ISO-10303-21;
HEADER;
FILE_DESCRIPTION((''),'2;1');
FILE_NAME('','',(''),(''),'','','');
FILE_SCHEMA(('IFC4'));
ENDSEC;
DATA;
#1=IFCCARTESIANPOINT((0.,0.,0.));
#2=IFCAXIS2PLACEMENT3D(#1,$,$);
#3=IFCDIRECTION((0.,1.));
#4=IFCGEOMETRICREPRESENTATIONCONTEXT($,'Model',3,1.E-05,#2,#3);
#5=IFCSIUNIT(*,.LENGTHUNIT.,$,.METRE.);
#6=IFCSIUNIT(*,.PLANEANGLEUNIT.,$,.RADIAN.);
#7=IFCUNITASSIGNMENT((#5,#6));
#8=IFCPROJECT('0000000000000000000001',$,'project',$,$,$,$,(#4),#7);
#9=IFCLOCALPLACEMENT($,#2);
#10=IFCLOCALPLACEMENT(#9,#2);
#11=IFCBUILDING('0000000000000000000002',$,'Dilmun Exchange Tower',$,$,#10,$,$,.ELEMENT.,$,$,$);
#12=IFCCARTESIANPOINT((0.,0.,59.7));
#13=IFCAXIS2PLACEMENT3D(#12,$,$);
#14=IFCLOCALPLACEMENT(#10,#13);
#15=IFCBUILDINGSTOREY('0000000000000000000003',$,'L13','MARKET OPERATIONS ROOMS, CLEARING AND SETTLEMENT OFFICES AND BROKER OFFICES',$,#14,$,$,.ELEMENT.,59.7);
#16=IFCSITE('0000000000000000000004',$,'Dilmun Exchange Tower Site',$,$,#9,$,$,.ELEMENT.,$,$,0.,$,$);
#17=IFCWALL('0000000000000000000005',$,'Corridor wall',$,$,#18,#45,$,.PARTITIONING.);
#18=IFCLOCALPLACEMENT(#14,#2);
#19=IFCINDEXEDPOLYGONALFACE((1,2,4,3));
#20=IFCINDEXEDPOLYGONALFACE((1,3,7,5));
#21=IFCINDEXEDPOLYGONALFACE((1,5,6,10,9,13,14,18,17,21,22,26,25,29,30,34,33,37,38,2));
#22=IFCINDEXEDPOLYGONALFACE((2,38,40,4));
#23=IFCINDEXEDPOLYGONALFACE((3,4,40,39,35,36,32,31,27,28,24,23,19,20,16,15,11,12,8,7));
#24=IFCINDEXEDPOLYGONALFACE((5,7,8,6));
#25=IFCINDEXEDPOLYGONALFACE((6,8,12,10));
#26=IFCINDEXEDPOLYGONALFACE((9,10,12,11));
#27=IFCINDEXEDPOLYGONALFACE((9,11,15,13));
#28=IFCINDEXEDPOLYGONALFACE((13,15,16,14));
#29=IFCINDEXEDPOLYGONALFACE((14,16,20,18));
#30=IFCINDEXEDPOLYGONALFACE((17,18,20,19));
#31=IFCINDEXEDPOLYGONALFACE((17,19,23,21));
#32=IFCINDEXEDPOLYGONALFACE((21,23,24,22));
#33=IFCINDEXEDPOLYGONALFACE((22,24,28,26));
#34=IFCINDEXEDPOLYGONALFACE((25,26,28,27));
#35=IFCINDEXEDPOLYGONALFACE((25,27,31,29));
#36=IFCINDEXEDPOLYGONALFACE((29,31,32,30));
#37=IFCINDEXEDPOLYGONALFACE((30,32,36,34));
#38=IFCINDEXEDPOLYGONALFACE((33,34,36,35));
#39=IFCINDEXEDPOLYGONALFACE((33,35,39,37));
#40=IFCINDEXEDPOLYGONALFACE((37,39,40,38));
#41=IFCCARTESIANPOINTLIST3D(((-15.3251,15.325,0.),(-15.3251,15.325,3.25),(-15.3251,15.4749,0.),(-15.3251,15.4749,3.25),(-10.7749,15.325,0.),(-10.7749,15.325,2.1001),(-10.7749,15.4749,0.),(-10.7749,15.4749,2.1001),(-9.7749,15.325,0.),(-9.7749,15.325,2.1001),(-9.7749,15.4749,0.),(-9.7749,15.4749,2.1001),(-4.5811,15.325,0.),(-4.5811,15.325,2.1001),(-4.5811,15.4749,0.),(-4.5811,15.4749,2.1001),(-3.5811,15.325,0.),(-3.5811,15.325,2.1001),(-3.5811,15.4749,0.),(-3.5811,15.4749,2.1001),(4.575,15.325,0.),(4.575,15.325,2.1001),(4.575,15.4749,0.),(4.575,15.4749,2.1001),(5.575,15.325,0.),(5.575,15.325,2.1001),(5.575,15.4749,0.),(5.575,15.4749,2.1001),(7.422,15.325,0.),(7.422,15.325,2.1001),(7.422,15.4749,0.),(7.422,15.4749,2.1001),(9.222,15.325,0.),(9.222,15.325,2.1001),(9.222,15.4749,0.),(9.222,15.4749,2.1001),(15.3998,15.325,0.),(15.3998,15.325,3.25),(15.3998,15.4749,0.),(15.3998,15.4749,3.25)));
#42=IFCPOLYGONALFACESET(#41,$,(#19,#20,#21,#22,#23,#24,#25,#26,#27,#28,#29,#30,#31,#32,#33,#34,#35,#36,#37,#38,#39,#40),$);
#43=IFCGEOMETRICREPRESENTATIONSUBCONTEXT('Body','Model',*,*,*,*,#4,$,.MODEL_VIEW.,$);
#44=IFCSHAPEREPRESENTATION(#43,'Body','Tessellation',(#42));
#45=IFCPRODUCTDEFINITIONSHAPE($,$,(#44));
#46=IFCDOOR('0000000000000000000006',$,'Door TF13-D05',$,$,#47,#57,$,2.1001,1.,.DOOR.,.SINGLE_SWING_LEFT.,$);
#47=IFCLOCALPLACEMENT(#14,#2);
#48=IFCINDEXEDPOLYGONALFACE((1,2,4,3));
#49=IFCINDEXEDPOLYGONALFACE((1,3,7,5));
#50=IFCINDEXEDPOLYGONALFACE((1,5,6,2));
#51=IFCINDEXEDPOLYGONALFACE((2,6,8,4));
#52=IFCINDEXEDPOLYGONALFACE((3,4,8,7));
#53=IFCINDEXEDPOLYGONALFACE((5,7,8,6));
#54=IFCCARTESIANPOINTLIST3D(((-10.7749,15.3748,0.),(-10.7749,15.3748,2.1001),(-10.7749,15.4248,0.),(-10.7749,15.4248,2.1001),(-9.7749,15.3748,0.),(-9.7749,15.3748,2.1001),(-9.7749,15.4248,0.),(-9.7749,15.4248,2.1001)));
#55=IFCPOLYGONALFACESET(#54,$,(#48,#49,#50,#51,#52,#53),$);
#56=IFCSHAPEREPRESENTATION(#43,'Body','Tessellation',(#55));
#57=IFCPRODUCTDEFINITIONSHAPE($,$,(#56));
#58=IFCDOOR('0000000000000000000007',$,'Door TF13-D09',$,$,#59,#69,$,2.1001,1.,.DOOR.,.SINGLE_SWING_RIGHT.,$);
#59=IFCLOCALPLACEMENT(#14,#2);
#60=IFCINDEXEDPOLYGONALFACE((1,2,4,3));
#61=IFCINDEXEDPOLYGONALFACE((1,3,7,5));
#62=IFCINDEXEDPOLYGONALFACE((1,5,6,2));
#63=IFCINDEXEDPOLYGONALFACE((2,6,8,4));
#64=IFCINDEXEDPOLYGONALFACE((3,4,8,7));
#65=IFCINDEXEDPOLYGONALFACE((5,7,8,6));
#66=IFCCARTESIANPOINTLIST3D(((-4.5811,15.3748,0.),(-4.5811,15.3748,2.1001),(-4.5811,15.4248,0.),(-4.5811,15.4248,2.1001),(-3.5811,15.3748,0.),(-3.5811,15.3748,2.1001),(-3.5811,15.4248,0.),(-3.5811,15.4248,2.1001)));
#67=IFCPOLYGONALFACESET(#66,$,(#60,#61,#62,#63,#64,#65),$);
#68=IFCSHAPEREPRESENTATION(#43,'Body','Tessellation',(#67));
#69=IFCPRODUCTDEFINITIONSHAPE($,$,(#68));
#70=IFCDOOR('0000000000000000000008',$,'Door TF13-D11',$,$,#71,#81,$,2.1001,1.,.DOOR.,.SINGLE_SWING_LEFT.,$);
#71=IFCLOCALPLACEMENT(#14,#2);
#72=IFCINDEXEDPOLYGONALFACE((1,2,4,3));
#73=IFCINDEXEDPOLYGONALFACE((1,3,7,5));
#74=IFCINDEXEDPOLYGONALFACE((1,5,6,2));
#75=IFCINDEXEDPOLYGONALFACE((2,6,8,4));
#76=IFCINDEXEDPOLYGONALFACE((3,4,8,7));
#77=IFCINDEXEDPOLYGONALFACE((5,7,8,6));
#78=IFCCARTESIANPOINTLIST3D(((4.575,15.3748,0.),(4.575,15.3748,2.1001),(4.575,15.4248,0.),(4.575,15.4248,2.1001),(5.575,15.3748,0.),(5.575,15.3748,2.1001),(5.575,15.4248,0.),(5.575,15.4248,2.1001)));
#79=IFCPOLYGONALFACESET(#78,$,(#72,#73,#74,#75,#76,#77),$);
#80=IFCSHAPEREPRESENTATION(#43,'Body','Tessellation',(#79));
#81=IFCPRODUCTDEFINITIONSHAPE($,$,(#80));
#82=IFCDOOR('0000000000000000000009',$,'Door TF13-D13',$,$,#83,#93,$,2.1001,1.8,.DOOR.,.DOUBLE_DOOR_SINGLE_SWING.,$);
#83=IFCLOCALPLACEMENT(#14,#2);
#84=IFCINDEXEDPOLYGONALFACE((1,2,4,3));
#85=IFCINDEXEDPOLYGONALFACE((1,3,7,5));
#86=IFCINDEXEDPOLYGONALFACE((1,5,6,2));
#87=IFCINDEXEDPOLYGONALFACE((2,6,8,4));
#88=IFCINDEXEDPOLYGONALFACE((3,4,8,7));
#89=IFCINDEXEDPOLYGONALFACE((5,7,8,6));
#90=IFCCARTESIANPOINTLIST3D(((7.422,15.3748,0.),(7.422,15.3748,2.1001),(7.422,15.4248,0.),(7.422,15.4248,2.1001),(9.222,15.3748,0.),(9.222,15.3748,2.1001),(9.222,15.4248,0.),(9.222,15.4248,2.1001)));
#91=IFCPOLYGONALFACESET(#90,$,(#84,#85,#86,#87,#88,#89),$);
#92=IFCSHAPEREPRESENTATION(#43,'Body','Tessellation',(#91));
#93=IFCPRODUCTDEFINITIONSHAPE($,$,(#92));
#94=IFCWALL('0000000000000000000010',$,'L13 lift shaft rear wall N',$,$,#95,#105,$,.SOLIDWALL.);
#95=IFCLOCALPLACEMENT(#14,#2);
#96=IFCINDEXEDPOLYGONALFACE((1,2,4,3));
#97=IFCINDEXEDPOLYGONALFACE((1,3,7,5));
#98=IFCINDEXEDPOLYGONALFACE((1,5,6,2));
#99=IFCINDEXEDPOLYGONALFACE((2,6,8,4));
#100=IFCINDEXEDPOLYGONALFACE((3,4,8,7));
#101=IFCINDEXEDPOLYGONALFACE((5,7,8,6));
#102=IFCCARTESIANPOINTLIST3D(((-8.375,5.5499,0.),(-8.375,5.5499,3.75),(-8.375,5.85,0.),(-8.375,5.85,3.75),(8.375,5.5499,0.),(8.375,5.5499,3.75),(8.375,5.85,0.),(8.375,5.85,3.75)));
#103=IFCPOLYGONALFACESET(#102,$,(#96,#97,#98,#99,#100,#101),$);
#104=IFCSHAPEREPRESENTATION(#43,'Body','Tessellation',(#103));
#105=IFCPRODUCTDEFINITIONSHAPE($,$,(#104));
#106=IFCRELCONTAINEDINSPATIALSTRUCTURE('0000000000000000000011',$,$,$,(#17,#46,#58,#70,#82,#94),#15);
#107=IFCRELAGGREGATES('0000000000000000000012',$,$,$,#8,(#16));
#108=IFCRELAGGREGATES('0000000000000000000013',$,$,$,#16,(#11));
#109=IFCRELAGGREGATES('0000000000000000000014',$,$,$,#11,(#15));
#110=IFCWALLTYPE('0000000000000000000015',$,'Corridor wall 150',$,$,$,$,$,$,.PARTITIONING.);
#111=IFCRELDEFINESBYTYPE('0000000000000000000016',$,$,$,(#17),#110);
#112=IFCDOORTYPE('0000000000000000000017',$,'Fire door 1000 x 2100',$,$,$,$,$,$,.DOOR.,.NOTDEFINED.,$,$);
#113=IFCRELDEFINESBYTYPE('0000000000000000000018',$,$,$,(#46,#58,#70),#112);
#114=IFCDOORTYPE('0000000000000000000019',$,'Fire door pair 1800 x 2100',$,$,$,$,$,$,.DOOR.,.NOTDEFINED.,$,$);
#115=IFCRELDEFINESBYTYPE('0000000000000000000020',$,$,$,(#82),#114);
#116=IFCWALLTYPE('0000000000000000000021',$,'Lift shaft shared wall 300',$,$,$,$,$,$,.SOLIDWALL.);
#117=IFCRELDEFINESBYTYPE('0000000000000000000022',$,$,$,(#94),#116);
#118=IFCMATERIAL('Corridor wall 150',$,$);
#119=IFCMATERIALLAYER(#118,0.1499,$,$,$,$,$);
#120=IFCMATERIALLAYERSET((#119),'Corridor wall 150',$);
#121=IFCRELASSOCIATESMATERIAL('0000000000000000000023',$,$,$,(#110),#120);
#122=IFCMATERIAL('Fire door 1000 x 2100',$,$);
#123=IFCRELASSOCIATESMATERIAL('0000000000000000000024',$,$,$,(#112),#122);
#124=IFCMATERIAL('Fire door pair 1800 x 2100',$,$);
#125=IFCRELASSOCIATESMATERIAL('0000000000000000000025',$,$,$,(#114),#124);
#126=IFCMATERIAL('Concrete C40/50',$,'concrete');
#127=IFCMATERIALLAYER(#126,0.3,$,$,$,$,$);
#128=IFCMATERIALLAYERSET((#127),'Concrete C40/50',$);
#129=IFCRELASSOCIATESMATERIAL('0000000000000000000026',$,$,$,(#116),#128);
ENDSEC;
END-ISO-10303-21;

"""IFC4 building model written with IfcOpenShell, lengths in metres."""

from ifc_helpers import new_model, si_unit, direction, frame, frame_2d, origin, place, context, subcontext, project, spatial, rectangle, extrude, material, layer, layer_set, type_object, element, fill, save


model = new_model("IFC4")

# Units and contexts
model_context = context("Model", 3, precision=1e-05, world=origin(), true_north=direction((0.0, 1.0)))
body_context = subcontext(model_context, "Body", "Model", "MODEL_VIEW")
ifc_project = project(units=[si_unit("LENGTHUNIT", "METRE"), si_unit("PLANEANGLEUNIT", "RADIAN")], contexts=[model_context])

# Site, building, storey
site_placement = place(None, origin())
site = spatial("IfcSite", under=ifc_project, at=site_placement, Name="Dilmun Exchange Tower Site", CompositionType="ELEMENT", RefElevation=0.0)
building_placement = place(site_placement, origin())
building = spatial("IfcBuilding", under=site, at=building_placement, Name="Dilmun Exchange Tower", CompositionType="ELEMENT")
storey_placement = place(building_placement, frame((0.0, 0.0, 59.7)))
storey = spatial("IfcBuildingStorey", under=building, at=storey_placement, Name="L13", Description="MARKET OPERATIONS ROOMS, CLEARING AND SETTLEMENT OFFICES AND BROKER OFFICES", CompositionType="ELEMENT", Elevation=59.7)

# Shared definitions
ifc_material_1 = material(Name="Concrete C40/50", Category="concrete")

# Wall, openings, doors
ifc_material_2 = material(Name="Corridor wall 150")
ifc_layer_1 = layer(ifc_material_2, 0.1499)
ifc_layer_set_1 = layer_set([ifc_layer_1], Name="Corridor wall 150")
wall_type_1 = type_object("IfcWallType", Name="Corridor wall 150", PredefinedType="PARTITIONING", material=ifc_layer_set_1)
wall_1_placement = place(storey_placement, frame((-15.325, 15.3999, 0.0), z_axis=(0.0, 0.0, 1.0), x_axis=(1.0, 0.0, 0.0)))
wall_1 = element("IfcWall", 1, at=wall_1_placement, inside=storey, type_object=wall_type_1, Name="Corridor wall", PredefinedType="PARTITIONING", context=body_context, shape_type="SweptSolid", body=[
    extrude(rectangle(XDim=30.7249, YDim=0.1499, at=frame_2d((15.3623, 0.0))), origin(), (0.0, 0.0, 1.0), 3.25),
])
opening_1_placement = place(wall_1_placement, frame((4.55, 0.0, 0.0)))
opening_1 = element("IfcOpeningElement", 2, at=opening_1_placement, cuts=wall_1, PredefinedType="OPENING", context=body_context, shape_type="SweptSolid", body=[
    extrude(rectangle(XDim=1.0, YDim=2.1001, at=frame_2d((0.5, 1.05))), frame((0.0, 0.085, 0.0), z_axis=(0.0, -1.0, 0.0), x_axis=(1.0, 0.0, 0.0)), (0.0, 0.0, 1.0), 0.1699),
])
opening_2_placement = place(wall_1_placement, frame((10.7439, 0.0, 0.0)))
opening_2 = element("IfcOpeningElement", 3, at=opening_2_placement, cuts=wall_1, PredefinedType="OPENING", context=body_context, shape_type="SweptSolid", body=[
    extrude(rectangle(XDim=1.0, YDim=2.1001, at=frame_2d((0.5, 1.05))), frame((0.0, 0.085, 0.0), z_axis=(0.0, -1.0, 0.0), x_axis=(1.0, 0.0, 0.0)), (0.0, 0.0, 1.0), 0.1699),
])
opening_3_placement = place(wall_1_placement, frame((19.8999, 0.0, 0.0)))
opening_3 = element("IfcOpeningElement", 4, at=opening_3_placement, cuts=wall_1, PredefinedType="OPENING", context=body_context, shape_type="SweptSolid", body=[
    extrude(rectangle(XDim=1.0, YDim=2.1001, at=frame_2d((0.5, 1.05))), frame((0.0, 0.085, 0.0), z_axis=(0.0, -1.0, 0.0), x_axis=(1.0, 0.0, 0.0)), (0.0, 0.0, 1.0), 0.1699),
])
opening_4_placement = place(wall_1_placement, frame((22.7471, 0.0, 0.0)))
opening_4 = element("IfcOpeningElement", 5, at=opening_4_placement, cuts=wall_1, PredefinedType="OPENING", context=body_context, shape_type="SweptSolid", body=[
    extrude(rectangle(XDim=1.8, YDim=2.1001, at=frame_2d((0.8999, 1.05))), frame((0.0, 0.085, 0.0), z_axis=(0.0, -1.0, 0.0), x_axis=(1.0, 0.0, 0.0)), (0.0, 0.0, 1.0), 0.1699),
])
ifc_material_3 = material(Name="Fire door 1000 x 2100")
door_type_1 = type_object("IfcDoorType", Name="Fire door 1000 x 2100", OperationType="NOTDEFINED", PredefinedType="DOOR", material=ifc_material_3)
door_1_placement = place(opening_1_placement, origin())
door_1 = element("IfcDoor", 6, at=door_1_placement, inside=storey, type_object=door_type_1, Name="Door TF13-D05", OperationType="SINGLE_SWING_LEFT", OverallHeight=2.1001, OverallWidth=1.0, PredefinedType="DOOR", context=body_context, shape_type="SweptSolid", body=[
    extrude(rectangle(XDim=1.0, YDim=2.1001, at=frame_2d((0.5, 1.05))), frame((0.0, 0.0249, 0.0), z_axis=(0.0, -1.0, 0.0), x_axis=(1.0, 0.0, 0.0)), (0.0, 0.0, 1.0), 0.05),
])
fill(opening_1, door_1)
door_2_placement = place(opening_2_placement, origin())
door_2 = element("IfcDoor", 7, at=door_2_placement, inside=storey, type_object=door_type_1, Name="Door TF13-D09", OperationType="SINGLE_SWING_RIGHT", OverallHeight=2.1001, OverallWidth=1.0, PredefinedType="DOOR", context=body_context, shape_type="SweptSolid", body=[
    extrude(rectangle(XDim=1.0, YDim=2.1001, at=frame_2d((0.5, 1.05))), frame((0.0, 0.0249, 0.0), z_axis=(0.0, -1.0, 0.0), x_axis=(1.0, 0.0, 0.0)), (0.0, 0.0, 1.0), 0.05),
])
fill(opening_2, door_2)
door_3_placement = place(opening_3_placement, origin())
door_3 = element("IfcDoor", 8, at=door_3_placement, inside=storey, type_object=door_type_1, Name="Door TF13-D11", OperationType="SINGLE_SWING_LEFT", OverallHeight=2.1001, OverallWidth=1.0, PredefinedType="DOOR", context=body_context, shape_type="SweptSolid", body=[
    extrude(rectangle(XDim=1.0, YDim=2.1001, at=frame_2d((0.5, 1.05))), frame((0.0, 0.0249, 0.0), z_axis=(0.0, -1.0, 0.0), x_axis=(1.0, 0.0, 0.0)), (0.0, 0.0, 1.0), 0.05),
])
fill(opening_3, door_3)
ifc_material_4 = material(Name="Fire door pair 1800 x 2100")
door_type_2 = type_object("IfcDoorType", Name="Fire door pair 1800 x 2100", OperationType="NOTDEFINED", PredefinedType="DOOR", material=ifc_material_4)
door_4_placement = place(opening_4_placement, origin())
door_4 = element("IfcDoor", 9, at=door_4_placement, inside=storey, type_object=door_type_2, Name="Door TF13-D13", OperationType="DOUBLE_DOOR_SINGLE_SWING", OverallHeight=2.1001, OverallWidth=1.8, PredefinedType="DOOR", context=body_context, shape_type="SweptSolid", body=[
    extrude(rectangle(XDim=1.8, YDim=2.1001, at=frame_2d((0.8999, 1.05))), frame((0.0, 0.0249, 0.0), z_axis=(0.0, -1.0, 0.0), x_axis=(1.0, 0.0, 0.0)), (0.0, 0.0, 1.0), 0.05),
])
fill(opening_4, door_4)

# Wall
ifc_layer_2 = layer(ifc_material_1, 0.3)
ifc_layer_set_2 = layer_set([ifc_layer_2], Name="Concrete C40/50")
wall_type_2 = type_object("IfcWallType", Name="Lift shaft shared wall 300", PredefinedType="SOLIDWALL", material=ifc_layer_set_2)
wall_2_placement = place(storey_placement, frame((-8.375, 5.7, 0.0), z_axis=(0.0, 0.0, 1.0), x_axis=(1.0, 0.0, 0.0)))
element("IfcWall", 10, at=wall_2_placement, inside=storey, type_object=wall_type_2, Name="L13 lift shaft rear wall N", PredefinedType="SOLIDWALL", context=body_context, shape_type="SweptSolid", body=[
    extrude(rectangle(XDim=16.75, YDim=0.3, at=frame_2d((8.375, 0.0))), origin(), (0.0, 0.0, 1.0), 3.75),
])

save(model, "model.ifc")
